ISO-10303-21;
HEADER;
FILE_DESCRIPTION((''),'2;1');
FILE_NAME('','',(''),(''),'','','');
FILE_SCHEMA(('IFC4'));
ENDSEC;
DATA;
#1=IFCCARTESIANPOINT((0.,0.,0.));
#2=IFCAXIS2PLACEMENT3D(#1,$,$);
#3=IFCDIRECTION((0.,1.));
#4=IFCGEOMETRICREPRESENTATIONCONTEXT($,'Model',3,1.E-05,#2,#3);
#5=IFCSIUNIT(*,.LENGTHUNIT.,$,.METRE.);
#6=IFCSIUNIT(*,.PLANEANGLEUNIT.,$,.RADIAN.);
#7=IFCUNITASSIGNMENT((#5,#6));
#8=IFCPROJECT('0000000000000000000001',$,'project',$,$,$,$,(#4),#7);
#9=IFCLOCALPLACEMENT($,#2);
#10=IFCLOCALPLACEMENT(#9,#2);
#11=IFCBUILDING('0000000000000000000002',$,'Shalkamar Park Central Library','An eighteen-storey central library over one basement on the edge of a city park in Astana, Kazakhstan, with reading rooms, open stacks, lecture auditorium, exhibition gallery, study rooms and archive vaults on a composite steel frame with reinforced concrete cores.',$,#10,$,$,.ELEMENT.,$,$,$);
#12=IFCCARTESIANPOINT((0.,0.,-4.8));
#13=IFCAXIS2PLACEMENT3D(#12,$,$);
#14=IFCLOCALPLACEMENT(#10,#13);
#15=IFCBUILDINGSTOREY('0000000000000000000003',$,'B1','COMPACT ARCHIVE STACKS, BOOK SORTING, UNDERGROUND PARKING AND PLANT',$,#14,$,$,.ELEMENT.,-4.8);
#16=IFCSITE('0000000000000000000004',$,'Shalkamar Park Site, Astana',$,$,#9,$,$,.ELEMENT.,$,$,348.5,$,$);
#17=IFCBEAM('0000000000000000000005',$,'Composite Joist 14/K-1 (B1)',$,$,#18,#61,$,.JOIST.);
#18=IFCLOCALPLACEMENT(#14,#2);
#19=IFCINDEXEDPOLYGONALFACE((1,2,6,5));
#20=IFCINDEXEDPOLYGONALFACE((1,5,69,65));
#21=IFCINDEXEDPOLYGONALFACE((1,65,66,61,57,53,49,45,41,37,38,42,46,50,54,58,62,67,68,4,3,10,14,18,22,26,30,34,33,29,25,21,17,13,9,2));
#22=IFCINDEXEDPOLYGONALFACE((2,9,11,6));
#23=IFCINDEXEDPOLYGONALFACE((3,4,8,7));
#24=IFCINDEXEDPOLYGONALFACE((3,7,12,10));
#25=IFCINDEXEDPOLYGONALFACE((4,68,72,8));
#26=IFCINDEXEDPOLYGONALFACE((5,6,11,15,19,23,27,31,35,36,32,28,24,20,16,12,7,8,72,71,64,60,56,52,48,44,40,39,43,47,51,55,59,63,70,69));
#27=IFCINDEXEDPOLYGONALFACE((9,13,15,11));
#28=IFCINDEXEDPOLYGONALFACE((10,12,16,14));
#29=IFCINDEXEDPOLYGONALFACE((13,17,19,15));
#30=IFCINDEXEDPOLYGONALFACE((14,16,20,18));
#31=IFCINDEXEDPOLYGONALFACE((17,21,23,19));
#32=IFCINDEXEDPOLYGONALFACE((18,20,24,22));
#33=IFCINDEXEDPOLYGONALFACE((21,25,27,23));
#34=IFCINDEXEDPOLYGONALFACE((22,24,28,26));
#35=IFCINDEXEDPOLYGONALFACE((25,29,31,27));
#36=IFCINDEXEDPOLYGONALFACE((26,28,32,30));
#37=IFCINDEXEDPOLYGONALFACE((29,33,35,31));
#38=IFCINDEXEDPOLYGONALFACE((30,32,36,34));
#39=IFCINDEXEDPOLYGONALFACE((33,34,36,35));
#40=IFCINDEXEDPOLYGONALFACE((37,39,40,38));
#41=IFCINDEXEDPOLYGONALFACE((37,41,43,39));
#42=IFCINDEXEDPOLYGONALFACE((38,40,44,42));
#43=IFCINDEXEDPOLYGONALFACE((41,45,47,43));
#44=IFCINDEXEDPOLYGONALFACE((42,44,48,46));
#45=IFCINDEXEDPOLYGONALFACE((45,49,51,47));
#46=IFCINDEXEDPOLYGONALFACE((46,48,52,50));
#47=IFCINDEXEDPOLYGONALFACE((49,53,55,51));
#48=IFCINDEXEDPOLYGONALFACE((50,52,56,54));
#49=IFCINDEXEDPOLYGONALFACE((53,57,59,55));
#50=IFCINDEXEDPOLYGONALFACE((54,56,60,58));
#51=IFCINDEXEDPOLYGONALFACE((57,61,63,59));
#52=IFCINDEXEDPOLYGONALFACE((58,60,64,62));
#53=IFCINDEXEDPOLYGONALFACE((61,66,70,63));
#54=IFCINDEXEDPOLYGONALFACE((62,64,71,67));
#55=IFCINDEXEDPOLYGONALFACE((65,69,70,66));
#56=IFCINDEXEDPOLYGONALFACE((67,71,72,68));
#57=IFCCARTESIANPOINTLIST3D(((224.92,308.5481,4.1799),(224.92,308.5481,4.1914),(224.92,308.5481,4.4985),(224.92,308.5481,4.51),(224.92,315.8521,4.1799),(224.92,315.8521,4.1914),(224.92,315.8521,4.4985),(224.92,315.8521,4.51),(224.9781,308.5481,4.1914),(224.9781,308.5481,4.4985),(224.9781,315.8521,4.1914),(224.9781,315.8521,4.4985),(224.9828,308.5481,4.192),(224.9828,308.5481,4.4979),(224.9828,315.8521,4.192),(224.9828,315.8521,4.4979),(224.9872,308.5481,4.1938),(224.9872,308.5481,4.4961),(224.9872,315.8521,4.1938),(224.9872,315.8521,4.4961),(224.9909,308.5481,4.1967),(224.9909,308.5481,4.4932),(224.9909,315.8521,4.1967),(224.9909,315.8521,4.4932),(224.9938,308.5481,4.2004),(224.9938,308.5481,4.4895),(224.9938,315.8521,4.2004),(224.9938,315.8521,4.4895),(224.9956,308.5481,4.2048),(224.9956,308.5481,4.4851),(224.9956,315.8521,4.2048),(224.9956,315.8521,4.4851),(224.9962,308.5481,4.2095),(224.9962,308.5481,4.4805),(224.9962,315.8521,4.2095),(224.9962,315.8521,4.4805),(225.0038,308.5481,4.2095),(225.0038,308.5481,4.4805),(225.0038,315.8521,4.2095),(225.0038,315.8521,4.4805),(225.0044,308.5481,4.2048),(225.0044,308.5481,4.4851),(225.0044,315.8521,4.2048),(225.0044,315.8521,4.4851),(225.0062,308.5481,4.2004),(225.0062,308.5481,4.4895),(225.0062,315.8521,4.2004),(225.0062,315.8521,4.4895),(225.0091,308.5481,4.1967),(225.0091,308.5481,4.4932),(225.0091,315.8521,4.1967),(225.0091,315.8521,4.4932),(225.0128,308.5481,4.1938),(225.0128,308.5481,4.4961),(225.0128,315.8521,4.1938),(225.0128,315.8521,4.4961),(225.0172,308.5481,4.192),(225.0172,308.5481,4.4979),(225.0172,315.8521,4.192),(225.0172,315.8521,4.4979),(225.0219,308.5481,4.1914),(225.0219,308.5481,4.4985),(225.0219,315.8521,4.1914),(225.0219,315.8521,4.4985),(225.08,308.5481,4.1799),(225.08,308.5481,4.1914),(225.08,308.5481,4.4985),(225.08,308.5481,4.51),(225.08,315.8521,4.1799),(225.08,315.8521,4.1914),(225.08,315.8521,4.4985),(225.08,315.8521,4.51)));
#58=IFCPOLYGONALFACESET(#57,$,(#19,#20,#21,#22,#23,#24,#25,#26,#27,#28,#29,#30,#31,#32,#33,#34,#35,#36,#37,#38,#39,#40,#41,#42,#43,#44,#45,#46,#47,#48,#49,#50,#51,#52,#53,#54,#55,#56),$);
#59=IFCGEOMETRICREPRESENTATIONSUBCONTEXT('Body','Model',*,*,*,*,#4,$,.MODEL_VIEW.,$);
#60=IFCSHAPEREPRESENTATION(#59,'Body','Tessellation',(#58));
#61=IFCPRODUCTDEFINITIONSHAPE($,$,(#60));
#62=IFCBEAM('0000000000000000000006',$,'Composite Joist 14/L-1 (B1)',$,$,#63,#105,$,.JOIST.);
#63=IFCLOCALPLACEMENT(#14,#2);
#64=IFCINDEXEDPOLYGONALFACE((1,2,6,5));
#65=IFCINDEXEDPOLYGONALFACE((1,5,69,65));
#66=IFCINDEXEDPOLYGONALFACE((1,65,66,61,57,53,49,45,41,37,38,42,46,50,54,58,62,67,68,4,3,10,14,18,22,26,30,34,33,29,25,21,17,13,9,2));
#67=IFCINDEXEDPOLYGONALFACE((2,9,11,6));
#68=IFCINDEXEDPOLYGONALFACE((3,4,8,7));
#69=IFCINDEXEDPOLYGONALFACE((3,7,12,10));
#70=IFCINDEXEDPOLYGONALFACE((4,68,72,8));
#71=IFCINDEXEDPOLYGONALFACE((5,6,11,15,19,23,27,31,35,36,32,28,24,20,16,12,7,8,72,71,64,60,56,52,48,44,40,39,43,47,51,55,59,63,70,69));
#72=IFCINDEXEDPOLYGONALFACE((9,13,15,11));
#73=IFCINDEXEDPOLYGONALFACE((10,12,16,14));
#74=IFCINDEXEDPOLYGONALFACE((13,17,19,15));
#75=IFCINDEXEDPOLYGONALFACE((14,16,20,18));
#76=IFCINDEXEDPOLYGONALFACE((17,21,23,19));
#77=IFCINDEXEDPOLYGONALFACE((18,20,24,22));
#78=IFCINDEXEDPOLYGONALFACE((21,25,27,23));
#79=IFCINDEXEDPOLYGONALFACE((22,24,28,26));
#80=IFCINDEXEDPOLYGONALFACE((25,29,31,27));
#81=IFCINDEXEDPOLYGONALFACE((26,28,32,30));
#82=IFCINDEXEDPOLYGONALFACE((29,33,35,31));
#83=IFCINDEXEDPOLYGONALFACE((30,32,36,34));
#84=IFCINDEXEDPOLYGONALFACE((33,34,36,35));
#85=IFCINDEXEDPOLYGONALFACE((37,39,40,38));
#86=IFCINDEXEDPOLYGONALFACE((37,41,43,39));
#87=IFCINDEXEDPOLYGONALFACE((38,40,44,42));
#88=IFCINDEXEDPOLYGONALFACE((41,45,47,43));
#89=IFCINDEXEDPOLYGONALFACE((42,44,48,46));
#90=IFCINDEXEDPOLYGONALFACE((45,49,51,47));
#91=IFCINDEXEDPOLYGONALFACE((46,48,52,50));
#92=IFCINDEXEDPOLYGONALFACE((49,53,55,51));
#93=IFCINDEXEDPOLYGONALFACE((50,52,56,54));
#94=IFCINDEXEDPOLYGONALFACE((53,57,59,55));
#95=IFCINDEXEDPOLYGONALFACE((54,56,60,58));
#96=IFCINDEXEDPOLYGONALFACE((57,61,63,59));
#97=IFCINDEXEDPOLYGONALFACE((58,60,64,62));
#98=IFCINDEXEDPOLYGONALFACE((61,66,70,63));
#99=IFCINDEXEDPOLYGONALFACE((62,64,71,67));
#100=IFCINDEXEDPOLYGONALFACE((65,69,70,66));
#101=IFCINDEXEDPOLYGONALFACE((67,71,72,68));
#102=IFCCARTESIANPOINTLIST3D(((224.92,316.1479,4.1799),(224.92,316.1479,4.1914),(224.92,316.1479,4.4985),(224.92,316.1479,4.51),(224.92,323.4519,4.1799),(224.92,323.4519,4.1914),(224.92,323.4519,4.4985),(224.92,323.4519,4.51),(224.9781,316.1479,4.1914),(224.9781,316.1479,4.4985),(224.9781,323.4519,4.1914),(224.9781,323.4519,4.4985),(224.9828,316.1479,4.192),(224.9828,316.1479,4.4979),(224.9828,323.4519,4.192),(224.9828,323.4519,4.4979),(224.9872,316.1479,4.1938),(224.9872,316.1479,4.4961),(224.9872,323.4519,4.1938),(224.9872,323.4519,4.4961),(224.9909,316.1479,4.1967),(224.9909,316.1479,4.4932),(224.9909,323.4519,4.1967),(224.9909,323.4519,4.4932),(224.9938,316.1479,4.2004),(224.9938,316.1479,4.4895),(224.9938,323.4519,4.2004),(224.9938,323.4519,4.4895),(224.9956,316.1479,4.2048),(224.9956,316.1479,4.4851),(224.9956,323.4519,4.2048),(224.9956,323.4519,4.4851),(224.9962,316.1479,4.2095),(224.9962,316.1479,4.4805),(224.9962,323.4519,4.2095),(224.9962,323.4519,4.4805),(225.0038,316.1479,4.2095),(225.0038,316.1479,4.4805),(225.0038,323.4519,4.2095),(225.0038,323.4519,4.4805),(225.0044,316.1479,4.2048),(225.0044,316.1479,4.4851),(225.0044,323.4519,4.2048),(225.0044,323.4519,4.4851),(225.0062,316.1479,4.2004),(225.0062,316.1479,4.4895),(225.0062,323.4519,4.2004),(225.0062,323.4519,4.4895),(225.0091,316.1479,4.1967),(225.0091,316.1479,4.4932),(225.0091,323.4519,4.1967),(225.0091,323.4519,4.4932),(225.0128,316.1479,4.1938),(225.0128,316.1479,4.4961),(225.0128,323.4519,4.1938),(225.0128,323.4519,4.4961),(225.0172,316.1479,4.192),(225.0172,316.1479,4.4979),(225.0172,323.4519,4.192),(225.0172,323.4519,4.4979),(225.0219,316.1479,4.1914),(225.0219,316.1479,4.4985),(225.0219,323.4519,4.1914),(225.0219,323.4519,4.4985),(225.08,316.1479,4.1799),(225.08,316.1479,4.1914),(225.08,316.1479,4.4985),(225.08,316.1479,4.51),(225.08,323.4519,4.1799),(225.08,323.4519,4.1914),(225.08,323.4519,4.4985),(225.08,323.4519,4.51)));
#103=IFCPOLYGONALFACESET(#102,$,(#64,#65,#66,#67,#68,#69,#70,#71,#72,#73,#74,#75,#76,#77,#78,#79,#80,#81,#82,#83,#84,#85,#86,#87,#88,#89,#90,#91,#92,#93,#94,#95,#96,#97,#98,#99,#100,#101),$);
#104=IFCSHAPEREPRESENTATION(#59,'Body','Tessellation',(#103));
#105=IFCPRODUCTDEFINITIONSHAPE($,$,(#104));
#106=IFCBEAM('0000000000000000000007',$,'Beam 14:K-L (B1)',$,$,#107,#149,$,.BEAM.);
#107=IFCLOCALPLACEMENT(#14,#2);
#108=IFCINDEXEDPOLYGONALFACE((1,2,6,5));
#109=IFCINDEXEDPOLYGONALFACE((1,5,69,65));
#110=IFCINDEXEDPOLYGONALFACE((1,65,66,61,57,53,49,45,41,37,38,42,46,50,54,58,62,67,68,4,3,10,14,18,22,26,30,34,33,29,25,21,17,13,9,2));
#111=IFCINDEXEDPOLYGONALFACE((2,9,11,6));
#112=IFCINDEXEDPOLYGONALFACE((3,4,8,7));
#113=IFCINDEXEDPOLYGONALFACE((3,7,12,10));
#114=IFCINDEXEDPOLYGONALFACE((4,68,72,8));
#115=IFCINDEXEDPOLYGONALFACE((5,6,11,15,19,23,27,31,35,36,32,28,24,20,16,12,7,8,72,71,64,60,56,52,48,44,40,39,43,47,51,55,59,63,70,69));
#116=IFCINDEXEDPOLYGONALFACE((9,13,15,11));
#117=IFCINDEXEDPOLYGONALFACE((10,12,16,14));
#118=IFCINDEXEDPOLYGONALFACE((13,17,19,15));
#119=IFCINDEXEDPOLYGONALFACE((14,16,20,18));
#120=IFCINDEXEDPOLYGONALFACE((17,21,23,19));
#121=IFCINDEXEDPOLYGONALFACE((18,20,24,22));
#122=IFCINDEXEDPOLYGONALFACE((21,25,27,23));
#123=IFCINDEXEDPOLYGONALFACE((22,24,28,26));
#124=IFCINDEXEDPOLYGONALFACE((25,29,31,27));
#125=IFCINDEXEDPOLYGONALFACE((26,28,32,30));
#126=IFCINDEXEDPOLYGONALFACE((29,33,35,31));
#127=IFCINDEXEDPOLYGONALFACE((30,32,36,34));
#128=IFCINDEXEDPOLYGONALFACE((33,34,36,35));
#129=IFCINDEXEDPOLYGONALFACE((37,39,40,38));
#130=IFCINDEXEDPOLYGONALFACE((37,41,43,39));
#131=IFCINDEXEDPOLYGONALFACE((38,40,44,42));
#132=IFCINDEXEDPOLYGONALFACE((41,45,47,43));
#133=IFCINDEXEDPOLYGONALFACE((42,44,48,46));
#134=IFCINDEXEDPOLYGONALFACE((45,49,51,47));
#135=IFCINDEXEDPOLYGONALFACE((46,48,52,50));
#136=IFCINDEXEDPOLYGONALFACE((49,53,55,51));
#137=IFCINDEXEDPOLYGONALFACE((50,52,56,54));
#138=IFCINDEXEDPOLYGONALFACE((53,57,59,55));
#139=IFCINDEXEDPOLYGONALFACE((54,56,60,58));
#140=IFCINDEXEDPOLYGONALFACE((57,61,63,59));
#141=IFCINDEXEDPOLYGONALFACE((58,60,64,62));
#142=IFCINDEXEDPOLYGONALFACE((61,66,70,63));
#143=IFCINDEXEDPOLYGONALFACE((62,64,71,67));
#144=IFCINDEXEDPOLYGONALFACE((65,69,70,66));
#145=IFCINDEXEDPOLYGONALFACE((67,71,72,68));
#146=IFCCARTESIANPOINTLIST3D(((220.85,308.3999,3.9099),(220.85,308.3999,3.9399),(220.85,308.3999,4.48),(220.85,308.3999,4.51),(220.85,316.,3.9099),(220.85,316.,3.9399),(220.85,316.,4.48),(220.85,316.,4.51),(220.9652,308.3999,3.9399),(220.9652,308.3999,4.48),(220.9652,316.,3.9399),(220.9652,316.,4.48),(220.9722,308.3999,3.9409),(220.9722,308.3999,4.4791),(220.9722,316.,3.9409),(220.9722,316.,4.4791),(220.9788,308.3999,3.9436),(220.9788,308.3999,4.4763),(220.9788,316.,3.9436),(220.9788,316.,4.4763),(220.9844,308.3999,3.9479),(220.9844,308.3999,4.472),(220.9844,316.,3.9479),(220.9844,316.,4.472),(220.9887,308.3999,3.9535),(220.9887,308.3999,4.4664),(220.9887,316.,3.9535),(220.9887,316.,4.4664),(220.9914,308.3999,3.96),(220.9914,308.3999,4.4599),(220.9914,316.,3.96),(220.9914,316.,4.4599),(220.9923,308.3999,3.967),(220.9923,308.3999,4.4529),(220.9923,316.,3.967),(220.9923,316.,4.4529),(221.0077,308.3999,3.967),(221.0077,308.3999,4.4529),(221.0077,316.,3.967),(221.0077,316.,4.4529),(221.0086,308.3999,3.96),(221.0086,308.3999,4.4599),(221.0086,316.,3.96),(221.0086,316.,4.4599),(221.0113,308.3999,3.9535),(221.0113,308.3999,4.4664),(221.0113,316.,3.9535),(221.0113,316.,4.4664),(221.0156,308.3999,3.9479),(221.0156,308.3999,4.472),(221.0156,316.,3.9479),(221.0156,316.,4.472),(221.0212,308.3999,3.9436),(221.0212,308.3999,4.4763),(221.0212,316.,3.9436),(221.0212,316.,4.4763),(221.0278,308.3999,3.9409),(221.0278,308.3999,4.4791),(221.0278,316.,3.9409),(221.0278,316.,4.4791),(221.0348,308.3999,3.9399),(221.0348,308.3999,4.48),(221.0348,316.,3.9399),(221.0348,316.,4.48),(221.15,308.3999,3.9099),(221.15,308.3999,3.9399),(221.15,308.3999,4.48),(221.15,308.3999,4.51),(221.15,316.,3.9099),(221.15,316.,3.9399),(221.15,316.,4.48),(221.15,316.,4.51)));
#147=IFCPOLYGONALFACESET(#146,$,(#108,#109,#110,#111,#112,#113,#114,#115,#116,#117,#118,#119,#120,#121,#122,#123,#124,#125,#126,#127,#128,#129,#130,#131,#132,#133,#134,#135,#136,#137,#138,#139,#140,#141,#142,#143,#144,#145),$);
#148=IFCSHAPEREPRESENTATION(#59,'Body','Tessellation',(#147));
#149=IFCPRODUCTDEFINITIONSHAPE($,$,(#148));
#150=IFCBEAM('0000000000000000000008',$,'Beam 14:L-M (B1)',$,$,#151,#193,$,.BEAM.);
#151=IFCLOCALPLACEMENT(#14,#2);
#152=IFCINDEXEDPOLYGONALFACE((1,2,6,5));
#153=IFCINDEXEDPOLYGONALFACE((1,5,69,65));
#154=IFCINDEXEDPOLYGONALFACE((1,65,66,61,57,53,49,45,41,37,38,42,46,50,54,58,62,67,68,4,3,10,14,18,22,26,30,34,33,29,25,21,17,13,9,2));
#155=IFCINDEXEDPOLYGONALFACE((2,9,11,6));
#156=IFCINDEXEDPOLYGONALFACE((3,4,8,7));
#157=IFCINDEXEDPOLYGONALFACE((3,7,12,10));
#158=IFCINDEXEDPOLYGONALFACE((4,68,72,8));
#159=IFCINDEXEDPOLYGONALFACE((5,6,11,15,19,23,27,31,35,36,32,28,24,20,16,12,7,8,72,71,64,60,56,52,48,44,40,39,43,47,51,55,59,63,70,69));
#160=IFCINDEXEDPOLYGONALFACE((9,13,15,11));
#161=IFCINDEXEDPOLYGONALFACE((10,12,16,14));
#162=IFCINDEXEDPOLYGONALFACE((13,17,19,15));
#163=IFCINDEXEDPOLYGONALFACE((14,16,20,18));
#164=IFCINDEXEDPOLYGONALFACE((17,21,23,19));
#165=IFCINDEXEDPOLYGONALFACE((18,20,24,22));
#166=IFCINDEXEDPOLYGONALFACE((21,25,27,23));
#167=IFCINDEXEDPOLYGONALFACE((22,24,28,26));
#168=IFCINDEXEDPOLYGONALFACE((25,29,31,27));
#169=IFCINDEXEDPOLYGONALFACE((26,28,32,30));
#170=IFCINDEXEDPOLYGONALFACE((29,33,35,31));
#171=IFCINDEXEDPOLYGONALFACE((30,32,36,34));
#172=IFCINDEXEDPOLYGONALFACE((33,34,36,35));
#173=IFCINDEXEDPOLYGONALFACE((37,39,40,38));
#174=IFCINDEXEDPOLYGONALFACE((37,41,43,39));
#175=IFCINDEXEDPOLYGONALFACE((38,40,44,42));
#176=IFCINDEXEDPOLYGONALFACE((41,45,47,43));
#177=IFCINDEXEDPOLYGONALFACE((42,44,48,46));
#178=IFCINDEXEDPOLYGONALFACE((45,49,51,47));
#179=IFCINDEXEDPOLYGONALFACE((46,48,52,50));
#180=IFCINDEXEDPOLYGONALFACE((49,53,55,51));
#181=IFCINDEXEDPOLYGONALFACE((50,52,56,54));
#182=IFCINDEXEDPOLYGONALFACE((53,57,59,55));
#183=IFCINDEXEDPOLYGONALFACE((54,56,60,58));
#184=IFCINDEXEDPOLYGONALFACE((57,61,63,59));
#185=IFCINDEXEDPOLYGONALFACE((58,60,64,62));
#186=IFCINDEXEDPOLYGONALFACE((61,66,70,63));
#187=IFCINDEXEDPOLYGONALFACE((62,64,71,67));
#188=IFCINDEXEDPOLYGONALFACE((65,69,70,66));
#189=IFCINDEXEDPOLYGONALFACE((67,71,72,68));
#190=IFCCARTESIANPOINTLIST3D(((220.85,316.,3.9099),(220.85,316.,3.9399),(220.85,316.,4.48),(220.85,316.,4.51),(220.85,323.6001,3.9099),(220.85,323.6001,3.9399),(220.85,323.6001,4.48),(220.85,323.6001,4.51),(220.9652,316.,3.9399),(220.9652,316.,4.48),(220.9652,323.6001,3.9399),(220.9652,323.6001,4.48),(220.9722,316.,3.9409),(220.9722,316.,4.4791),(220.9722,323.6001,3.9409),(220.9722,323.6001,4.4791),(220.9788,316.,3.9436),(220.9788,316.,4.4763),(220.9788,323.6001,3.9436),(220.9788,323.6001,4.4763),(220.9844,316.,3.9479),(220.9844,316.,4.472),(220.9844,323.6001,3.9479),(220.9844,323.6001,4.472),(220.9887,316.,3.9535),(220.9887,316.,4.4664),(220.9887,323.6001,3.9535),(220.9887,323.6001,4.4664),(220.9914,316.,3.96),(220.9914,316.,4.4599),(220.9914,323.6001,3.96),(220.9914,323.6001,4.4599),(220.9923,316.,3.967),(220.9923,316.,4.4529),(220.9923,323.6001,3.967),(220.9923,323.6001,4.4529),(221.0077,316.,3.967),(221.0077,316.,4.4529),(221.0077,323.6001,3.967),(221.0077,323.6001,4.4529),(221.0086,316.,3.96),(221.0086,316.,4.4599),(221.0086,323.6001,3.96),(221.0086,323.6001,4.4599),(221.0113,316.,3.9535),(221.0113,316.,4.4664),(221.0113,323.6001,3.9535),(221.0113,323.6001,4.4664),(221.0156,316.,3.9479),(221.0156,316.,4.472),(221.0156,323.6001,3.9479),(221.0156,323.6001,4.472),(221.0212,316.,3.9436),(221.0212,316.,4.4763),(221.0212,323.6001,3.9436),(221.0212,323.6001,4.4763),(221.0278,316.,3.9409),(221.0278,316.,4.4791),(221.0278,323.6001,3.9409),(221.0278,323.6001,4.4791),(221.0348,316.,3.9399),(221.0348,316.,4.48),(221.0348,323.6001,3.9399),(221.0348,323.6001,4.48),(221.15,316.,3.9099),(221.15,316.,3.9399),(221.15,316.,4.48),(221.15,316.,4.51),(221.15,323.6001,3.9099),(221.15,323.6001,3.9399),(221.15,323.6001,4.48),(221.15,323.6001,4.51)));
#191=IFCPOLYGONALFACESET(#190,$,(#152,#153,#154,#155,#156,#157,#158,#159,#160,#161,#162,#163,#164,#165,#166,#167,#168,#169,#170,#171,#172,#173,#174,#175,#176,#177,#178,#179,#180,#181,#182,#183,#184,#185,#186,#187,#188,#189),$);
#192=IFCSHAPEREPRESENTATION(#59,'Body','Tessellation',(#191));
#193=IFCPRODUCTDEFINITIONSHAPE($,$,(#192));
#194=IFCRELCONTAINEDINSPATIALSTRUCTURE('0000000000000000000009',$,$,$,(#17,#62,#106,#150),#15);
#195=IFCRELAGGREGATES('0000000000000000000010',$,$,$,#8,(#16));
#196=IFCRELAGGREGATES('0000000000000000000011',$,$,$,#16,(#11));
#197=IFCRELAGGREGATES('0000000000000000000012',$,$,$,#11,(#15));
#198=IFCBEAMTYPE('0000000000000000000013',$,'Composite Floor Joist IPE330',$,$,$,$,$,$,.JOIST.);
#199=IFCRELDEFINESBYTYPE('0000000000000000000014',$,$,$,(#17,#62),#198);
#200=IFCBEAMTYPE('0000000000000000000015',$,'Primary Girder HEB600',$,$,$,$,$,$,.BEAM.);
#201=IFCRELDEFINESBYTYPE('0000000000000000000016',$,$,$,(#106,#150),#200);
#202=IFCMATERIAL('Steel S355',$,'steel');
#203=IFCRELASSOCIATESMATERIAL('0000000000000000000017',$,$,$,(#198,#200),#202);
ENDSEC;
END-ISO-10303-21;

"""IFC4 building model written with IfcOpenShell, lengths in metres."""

from ifc_helpers import new_model, si_unit, direction, frame, origin, origin_2d, place, context, subcontext, project, spatial, i_section, extrude, material, material_profile, profile_set, type_object, element, save


model = new_model("IFC4")

# Units and contexts
model_context = context("Model", 3, precision=1e-05, world=origin(), true_north=direction((0.0, 1.0)))
body_context = subcontext(model_context, "Body", "Model", "MODEL_VIEW")
ifc_project = project(units=[si_unit("LENGTHUNIT", "METRE"), si_unit("PLANEANGLEUNIT", "RADIAN")], contexts=[model_context])

# Site, building, storey
site_placement = place(None, origin())
site = spatial("IfcSite", under=ifc_project, at=site_placement, Name="Shalkamar Park Site, Astana", CompositionType="ELEMENT", RefElevation=348.5)
building_placement = place(site_placement, origin())
building = spatial("IfcBuilding", under=site, at=building_placement, Name="Shalkamar Park Central Library", Description="An eighteen-storey central library over one basement on the edge of a city park in Astana, Kazakhstan, with reading rooms, open stacks, lecture auditorium, exhibition gallery, study rooms and archive vaults on a composite steel frame with reinforced concrete cores.", CompositionType="ELEMENT")
storey_placement = place(building_placement, frame((0.0, 0.0, -4.8)))
storey = spatial("IfcBuildingStorey", under=building, at=storey_placement, Name="B1", Description="COMPACT ARCHIVE STACKS, BOOK SORTING, UNDERGROUND PARKING AND PLANT", CompositionType="ELEMENT", Elevation=-4.8)

# Shared definitions
ifc_material_1 = material(Name="Steel S355", Category="steel")

# Beams
ifc_material_profile_1 = material_profile(ifc_material_1, i_section(OverallWidth=0.1599, OverallDepth=0.3301, WebThickness=0.0076, FlangeThickness=0.0115, FilletRadius=0.0181, at=origin_2d()), Name="IPE 330")
ifc_profile_set_1 = profile_set([ifc_material_profile_1], Name="Steel S355")
beam_type_1 = type_object("IfcBeamType", Name="Composite Floor Joist IPE330", PredefinedType="JOIST", material=ifc_profile_set_1)
for number, where, z_axis, x_axis, name in (
    (1, (225.0, 308.5481, 4.345), (0.0, 1.0, 0.0), (-1.0, 0.0, 0.0), "Composite Joist 14/K-1 (B1)"),
    (2, (225.0, 316.1479, 4.345), (0.0, 1.0, 0.0), (-1.0, 0.0, 0.0), "Composite Joist 14/L-1 (B1)"),
):
    element("IfcBeam", number, at=place(storey_placement, frame(where, z_axis=z_axis, x_axis=x_axis)), inside=storey, type_object=beam_type_1, Name=name, PredefinedType="JOIST", context=body_context, shape_type="SweptSolid", body=[
        extrude(i_section(OverallWidth=0.1599, OverallDepth=0.3301, WebThickness=0.0076, FlangeThickness=0.0115, FilletRadius=0.0181, at=origin_2d()), origin(), (0.0, 0.0, 1.0), 7.304),
    ])
ifc_material_profile_2 = material_profile(ifc_material_1, i_section(OverallWidth=0.3, OverallDepth=0.6001, WebThickness=0.0154, FlangeThickness=0.03, FilletRadius=0.0271, at=origin_2d()), Name="HEB 600")
ifc_profile_set_2 = profile_set([ifc_material_profile_2], Name="Steel S355")
beam_type_2 = type_object("IfcBeamType", Name="Primary Girder HEB600", PredefinedType="BEAM", material=ifc_profile_set_2)
for number, where, z_axis, x_axis, name in (
    (3, (221.0, 308.3999, 4.21), (0.0, 1.0, 0.0), (-1.0, 0.0, 0.0), "Beam 14:K-L (B1)"),
    (4, (221.0, 316.0, 4.21), (0.0, 1.0, 0.0), (-1.0, 0.0, 0.0), "Beam 14:L-M (B1)"),
):
    element("IfcBeam", number, at=place(storey_placement, frame(where, z_axis=z_axis, x_axis=x_axis)), inside=storey, type_object=beam_type_2, Name=name, PredefinedType="BEAM", context=body_context, shape_type="SweptSolid", body=[
        extrude(i_section(OverallWidth=0.3, OverallDepth=0.6001, WebThickness=0.0154, FlangeThickness=0.03, FilletRadius=0.0271, at=origin_2d()), origin(), (0.0, 0.0, 1.0), 7.6001),
    ])

save(model, "model.ifc")
